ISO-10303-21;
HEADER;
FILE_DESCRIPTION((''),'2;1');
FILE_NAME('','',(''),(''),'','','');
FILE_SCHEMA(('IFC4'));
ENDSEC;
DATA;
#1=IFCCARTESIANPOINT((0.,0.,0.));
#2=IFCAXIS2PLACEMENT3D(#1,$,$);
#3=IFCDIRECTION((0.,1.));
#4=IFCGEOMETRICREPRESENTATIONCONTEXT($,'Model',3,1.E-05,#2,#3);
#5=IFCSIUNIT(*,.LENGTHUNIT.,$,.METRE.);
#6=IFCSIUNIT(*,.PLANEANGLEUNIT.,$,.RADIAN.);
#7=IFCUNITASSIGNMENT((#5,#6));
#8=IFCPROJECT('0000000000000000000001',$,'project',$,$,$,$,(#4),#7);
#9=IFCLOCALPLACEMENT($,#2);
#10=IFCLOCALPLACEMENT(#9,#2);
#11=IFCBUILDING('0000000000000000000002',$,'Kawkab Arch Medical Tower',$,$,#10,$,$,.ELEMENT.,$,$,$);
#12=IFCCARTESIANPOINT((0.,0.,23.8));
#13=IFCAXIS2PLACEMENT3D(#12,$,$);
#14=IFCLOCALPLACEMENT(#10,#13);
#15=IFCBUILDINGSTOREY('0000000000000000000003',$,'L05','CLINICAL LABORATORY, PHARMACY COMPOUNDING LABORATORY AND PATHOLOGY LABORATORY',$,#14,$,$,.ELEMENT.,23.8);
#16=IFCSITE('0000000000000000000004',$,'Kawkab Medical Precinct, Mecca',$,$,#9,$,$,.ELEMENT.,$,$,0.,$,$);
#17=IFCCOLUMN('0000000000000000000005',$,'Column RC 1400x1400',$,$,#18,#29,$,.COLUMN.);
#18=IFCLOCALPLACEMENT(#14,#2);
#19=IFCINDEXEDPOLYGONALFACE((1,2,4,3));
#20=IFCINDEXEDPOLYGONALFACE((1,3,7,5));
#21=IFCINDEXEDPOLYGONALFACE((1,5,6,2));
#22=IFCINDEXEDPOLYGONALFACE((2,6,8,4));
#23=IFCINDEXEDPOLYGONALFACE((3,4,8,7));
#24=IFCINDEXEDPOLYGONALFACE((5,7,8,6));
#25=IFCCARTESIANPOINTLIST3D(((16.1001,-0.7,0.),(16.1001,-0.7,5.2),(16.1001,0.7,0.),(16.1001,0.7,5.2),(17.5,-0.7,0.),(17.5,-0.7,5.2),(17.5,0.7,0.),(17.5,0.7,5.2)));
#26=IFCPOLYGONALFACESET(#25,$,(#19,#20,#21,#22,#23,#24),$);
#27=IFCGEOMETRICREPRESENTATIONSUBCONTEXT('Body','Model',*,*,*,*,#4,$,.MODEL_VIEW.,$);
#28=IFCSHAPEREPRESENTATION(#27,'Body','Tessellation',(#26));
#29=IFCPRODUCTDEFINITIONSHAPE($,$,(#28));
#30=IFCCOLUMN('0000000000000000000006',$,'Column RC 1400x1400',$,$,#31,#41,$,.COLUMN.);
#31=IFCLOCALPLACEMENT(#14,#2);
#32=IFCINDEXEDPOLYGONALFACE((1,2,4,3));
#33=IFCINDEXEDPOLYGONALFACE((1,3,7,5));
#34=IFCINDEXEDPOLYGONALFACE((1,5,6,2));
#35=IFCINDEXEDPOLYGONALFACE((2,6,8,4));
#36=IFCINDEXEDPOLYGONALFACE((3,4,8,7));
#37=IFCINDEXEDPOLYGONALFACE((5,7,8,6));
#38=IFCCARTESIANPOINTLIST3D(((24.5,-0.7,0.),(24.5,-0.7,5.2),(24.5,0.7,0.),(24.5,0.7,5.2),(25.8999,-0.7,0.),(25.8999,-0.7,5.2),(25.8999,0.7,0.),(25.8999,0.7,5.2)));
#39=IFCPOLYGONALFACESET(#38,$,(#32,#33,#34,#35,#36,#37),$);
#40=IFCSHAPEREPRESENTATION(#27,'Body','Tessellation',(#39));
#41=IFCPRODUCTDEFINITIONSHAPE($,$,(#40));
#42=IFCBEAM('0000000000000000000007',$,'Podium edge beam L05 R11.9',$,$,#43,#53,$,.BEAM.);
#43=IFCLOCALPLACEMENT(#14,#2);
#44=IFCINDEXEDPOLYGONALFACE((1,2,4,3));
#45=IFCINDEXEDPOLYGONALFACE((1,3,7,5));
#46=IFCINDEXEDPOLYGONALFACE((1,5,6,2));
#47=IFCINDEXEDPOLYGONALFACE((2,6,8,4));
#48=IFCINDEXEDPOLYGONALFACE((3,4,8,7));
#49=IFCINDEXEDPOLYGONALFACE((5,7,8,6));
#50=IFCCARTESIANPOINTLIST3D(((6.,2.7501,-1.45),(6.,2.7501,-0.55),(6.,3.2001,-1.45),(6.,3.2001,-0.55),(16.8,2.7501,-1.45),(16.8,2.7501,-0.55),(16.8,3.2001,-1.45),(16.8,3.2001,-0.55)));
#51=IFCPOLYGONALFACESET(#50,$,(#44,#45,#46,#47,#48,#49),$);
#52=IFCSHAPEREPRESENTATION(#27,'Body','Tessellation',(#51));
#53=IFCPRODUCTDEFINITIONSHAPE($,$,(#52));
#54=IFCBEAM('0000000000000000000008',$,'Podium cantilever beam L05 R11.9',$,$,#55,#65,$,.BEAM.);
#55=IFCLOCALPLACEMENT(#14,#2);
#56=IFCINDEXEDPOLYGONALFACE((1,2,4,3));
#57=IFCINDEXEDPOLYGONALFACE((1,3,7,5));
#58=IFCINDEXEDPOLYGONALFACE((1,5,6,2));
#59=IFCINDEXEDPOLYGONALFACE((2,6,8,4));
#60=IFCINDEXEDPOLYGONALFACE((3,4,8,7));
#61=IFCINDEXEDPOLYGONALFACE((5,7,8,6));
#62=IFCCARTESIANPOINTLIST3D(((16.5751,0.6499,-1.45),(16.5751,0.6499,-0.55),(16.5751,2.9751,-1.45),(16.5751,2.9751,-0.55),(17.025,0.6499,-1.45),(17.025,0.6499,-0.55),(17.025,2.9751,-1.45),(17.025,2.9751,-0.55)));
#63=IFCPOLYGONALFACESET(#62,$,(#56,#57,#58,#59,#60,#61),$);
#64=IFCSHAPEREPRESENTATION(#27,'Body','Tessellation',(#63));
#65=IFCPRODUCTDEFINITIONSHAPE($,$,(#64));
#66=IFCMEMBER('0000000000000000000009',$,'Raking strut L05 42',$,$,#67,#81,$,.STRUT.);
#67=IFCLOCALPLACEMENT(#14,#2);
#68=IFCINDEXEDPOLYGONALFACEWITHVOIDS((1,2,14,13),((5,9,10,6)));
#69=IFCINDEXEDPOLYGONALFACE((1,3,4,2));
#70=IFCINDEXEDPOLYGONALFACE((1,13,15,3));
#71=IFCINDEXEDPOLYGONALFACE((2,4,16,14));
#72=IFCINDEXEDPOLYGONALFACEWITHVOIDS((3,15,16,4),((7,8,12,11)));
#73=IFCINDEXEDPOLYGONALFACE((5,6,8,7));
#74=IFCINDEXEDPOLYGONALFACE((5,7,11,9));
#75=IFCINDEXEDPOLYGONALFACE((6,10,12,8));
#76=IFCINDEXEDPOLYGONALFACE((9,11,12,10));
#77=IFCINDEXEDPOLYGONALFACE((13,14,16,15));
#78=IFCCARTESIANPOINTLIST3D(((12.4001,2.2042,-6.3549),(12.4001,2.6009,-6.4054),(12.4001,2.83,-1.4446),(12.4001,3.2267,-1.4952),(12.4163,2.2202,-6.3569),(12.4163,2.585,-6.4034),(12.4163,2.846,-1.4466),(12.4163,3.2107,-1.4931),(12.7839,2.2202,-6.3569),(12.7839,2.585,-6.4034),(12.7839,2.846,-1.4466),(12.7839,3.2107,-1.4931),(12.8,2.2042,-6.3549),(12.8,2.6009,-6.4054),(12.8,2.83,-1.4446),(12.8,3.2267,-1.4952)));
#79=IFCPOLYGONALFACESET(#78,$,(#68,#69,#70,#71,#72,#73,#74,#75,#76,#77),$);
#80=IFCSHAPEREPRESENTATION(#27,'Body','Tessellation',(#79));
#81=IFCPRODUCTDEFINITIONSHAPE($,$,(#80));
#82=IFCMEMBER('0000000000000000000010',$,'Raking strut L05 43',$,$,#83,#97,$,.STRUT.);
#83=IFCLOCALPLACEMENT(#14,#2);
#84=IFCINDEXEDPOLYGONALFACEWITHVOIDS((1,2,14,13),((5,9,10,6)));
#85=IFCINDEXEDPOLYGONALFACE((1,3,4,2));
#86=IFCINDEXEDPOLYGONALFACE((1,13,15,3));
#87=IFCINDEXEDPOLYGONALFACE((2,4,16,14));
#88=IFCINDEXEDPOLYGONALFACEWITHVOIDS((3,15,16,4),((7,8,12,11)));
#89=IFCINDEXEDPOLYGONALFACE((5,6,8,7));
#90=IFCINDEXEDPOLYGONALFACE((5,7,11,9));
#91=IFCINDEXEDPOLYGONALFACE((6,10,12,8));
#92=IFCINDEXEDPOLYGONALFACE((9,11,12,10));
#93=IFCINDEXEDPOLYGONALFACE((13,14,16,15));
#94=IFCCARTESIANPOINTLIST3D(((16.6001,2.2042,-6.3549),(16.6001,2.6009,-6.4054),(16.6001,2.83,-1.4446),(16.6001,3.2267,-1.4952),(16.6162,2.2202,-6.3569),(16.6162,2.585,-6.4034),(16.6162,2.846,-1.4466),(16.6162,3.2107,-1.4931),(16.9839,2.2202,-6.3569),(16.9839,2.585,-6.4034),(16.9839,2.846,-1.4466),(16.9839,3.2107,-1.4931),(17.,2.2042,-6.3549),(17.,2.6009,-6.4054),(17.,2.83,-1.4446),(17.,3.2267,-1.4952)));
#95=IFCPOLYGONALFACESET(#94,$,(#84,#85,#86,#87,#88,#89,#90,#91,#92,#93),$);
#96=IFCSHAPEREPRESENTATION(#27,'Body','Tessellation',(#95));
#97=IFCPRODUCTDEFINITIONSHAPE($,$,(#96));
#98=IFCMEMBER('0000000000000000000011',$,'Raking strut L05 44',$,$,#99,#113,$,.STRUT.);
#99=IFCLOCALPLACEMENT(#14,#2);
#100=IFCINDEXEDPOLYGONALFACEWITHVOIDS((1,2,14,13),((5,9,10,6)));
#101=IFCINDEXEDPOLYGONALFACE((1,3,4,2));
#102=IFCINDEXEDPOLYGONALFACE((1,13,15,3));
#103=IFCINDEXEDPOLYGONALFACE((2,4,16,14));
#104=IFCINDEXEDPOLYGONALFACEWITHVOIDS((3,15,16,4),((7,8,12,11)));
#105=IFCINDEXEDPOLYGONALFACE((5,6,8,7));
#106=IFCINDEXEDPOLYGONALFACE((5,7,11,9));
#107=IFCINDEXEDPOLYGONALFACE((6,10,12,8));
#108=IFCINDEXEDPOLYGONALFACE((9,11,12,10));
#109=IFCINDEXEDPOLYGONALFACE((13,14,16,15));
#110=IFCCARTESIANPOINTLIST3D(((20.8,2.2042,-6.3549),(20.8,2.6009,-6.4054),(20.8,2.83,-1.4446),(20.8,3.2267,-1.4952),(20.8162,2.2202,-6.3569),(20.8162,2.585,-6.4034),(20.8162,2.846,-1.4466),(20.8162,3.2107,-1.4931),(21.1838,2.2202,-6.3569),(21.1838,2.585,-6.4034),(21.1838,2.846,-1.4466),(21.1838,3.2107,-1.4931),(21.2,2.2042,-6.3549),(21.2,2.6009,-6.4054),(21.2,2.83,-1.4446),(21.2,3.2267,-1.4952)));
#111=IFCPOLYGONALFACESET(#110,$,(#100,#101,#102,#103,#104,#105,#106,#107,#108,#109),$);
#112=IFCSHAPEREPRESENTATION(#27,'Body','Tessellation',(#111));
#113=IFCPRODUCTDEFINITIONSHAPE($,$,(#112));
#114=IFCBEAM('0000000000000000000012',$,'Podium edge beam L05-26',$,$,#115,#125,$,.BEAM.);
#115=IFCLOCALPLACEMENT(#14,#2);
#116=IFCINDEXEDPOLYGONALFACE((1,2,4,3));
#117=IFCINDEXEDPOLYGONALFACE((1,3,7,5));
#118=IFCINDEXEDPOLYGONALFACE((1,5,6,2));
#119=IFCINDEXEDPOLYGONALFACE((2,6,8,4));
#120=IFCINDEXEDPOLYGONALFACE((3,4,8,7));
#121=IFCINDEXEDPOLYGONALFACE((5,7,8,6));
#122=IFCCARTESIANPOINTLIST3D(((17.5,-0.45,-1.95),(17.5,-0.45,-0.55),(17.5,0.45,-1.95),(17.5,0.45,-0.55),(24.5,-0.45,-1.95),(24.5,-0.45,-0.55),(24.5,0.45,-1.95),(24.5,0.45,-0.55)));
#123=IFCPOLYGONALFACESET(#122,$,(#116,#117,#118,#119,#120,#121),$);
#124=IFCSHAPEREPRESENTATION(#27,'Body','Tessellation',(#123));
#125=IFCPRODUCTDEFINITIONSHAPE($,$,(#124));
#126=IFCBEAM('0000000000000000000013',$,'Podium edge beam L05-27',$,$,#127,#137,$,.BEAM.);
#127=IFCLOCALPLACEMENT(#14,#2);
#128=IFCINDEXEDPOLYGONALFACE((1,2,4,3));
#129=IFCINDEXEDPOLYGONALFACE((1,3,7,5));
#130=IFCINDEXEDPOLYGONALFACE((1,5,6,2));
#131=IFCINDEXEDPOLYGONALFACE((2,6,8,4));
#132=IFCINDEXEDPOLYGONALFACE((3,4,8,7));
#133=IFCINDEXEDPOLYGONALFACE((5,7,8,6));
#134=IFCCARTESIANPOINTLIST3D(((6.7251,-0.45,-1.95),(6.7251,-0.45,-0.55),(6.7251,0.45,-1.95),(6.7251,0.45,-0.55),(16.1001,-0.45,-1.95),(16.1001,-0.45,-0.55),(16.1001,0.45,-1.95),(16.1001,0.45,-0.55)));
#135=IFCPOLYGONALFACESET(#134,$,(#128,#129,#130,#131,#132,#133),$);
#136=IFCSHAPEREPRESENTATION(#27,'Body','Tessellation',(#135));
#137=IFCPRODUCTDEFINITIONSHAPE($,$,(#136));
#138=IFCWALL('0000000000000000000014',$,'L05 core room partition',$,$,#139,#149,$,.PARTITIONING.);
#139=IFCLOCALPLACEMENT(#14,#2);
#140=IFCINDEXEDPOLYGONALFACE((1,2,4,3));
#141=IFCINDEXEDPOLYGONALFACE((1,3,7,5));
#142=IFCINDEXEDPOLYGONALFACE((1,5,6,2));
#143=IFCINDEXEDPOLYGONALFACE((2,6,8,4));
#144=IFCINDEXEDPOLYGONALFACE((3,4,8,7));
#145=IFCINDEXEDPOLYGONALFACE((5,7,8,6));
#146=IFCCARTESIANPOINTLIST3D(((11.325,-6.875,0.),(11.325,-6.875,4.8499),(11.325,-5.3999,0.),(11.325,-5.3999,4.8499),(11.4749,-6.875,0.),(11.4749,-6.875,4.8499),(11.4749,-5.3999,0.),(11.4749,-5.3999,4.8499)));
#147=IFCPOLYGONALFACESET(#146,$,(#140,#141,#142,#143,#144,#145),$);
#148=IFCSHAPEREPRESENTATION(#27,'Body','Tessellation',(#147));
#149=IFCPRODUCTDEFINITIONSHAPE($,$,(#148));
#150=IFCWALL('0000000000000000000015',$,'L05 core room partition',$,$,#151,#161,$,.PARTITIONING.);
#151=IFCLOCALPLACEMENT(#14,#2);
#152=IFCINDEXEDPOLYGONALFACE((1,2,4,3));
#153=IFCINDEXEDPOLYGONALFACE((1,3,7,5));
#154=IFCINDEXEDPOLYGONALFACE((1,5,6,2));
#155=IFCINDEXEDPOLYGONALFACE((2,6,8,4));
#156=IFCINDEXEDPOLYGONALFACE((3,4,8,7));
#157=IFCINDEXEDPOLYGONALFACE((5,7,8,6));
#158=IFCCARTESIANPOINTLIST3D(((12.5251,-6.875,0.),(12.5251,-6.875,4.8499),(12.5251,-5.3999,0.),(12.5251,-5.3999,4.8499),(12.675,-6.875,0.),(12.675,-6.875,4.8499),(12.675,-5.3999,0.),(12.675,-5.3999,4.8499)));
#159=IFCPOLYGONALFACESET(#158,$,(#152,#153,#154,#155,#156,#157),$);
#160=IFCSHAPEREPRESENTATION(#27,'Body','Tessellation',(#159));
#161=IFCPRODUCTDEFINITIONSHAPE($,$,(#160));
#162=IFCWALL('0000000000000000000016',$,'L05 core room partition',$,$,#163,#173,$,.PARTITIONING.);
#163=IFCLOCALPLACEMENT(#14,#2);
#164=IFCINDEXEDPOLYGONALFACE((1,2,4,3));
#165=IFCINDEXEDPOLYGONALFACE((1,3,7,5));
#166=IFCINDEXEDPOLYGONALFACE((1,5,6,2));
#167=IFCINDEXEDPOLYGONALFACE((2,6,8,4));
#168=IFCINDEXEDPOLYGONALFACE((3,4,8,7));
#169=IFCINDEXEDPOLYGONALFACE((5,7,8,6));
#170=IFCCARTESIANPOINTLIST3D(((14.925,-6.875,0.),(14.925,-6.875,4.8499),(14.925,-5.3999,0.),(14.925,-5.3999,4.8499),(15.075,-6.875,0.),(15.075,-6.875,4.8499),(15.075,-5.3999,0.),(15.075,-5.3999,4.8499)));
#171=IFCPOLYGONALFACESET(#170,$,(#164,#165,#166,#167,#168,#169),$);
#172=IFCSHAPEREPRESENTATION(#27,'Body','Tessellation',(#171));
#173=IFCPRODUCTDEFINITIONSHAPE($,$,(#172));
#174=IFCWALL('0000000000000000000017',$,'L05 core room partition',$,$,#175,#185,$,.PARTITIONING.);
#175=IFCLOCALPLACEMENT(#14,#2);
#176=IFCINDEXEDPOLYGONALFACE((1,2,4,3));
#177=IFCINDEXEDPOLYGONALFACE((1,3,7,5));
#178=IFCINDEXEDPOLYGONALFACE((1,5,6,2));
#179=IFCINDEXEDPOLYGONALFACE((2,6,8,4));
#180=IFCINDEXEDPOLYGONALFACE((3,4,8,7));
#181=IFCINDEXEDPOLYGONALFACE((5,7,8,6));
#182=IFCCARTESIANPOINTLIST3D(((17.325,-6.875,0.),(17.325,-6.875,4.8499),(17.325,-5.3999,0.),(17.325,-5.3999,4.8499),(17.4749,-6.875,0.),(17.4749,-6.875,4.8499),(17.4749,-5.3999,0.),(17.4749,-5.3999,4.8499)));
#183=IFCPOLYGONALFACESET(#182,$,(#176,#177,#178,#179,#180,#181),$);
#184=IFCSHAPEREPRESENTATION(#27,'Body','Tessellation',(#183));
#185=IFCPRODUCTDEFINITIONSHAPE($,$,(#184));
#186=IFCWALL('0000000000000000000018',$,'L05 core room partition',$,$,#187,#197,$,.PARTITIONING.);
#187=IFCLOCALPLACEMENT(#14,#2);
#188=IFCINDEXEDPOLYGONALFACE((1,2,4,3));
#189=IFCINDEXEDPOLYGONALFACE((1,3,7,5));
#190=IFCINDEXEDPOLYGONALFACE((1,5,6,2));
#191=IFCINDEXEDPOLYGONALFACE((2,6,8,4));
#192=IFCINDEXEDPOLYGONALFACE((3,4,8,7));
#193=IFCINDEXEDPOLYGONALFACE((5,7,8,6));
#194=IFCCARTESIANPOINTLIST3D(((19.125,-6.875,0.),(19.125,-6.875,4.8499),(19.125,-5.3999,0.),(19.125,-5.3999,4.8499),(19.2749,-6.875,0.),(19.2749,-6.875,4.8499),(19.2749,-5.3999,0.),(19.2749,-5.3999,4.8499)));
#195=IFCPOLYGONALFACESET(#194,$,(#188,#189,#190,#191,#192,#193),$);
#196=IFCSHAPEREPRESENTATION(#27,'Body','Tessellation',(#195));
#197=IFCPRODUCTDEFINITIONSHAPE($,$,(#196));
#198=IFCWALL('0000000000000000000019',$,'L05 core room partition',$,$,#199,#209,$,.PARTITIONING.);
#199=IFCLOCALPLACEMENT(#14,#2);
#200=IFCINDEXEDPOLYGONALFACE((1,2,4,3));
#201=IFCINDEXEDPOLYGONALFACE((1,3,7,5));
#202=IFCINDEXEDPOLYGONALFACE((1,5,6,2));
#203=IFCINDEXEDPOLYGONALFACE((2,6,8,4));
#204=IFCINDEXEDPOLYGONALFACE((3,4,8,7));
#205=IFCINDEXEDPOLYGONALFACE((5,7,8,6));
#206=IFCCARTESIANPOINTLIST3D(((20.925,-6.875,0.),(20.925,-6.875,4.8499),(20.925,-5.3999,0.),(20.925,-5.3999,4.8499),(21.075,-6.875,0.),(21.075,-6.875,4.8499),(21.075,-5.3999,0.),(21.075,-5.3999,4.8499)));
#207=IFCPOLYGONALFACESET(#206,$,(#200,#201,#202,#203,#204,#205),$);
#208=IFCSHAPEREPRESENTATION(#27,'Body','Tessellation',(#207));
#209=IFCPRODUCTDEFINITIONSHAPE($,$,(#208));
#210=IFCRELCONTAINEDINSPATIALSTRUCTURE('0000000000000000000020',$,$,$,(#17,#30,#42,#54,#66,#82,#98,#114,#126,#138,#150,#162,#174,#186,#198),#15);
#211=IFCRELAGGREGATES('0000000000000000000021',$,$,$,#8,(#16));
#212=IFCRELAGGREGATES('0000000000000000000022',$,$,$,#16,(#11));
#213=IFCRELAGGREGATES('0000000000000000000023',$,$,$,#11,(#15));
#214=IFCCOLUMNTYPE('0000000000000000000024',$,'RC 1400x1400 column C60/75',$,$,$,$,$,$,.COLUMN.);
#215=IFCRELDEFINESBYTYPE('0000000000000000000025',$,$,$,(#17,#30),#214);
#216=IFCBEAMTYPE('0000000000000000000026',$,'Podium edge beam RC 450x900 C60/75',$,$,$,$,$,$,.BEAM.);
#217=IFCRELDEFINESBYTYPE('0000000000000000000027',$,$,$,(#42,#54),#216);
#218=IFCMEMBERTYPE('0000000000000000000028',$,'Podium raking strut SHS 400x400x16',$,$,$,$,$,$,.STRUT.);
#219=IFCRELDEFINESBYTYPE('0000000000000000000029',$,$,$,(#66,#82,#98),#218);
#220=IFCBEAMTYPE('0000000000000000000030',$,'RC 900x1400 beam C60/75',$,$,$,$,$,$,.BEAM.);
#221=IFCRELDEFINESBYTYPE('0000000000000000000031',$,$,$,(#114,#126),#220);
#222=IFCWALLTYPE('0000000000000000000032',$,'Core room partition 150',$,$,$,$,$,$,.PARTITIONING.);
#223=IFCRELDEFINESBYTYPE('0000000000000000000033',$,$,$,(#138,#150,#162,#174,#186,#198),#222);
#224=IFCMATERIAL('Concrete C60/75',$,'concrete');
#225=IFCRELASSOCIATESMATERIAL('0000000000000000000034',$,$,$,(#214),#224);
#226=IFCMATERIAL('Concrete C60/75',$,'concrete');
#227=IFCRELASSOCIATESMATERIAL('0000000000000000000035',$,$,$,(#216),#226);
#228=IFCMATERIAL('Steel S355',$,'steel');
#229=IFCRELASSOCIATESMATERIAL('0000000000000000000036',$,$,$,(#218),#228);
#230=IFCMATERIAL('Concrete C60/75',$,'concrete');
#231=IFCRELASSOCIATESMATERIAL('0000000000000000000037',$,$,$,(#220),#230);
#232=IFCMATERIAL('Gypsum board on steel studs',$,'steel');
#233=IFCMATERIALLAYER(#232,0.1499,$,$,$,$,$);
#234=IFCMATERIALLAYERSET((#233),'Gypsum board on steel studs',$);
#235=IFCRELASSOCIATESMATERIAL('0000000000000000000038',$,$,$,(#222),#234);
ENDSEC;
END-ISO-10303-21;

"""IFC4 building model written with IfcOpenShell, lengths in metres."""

from ifc_helpers import new_model, si_unit, direction, frame, frame_2d, origin, origin_2d, place, context, subcontext, project, spatial, rectangle, hollow_rectangle, extrude, material, layer, layer_set, material_profile, profile_set, type_object, element, save


model = new_model("IFC4")

# Units and contexts
model_context = context("Model", 3, precision=1e-05, world=origin(), true_north=direction((0.0, 1.0)))
body_context = subcontext(model_context, "Body", "Model", "MODEL_VIEW")
ifc_project = project(units=[si_unit("LENGTHUNIT", "METRE"), si_unit("PLANEANGLEUNIT", "RADIAN")], contexts=[model_context])

# Site, building, storey
site_placement = place(None, origin())
site = spatial("IfcSite", under=ifc_project, at=site_placement, Name="Kawkab Medical Precinct, Mecca", CompositionType="ELEMENT", RefElevation=0.0)
building_placement = place(site_placement, origin())
building = spatial("IfcBuilding", under=site, at=building_placement, Name="Kawkab Arch Medical Tower", CompositionType="ELEMENT")
storey_placement = place(building_placement, frame((0.0, 0.0, 23.8)))
storey = spatial("IfcBuildingStorey", under=building, at=storey_placement, Name="L05", Description="CLINICAL LABORATORY, PHARMACY COMPOUNDING LABORATORY AND PATHOLOGY LABORATORY", CompositionType="ELEMENT", Elevation=23.8)

# Columns
ifc_material_1 = material(Name="Concrete C60/75", Category="concrete")
ifc_material_profile_1 = material_profile(ifc_material_1, rectangle(XDim=1.3999, YDim=1.3999, at=origin_2d()), Name="RC 1400x1400")
ifc_profile_set_1 = profile_set([ifc_material_profile_1], Name="Concrete C60/75")
column_type = type_object("IfcColumnType", Name="RC 1400x1400 column C60/75", PredefinedType="COLUMN", material=ifc_profile_set_1)
for number, where, z_axis, x_axis, name in (
    (1, (16.8, 0.0, 0.0), (0.0, 0.0, 1.0), (1.0, 0.0, 0.0), "Column RC 1400x1400"),
    (2, (25.2, 0.0, 0.0), (0.0, 0.0, 1.0), (1.0, 0.0, 0.0), "Column RC 1400x1400"),
):
    element("IfcColumn", number, at=place(storey_placement, frame(where, z_axis=z_axis, x_axis=x_axis)), inside=storey, type_object=column_type, Name=name, PredefinedType="COLUMN", context=body_context, shape_type="SweptSolid", body=[
        extrude(rectangle(XDim=1.3999, YDim=1.3999, at=origin_2d()), origin(), (0.0, 0.0, 1.0), 5.2),
    ])

# Beams
ifc_material_2 = material(Name="Concrete C60/75", Category="concrete")
ifc_material_profile_2 = material_profile(ifc_material_2, rectangle(XDim=0.45, YDim=0.8999, at=origin_2d()), Name="RC 450x900")
ifc_profile_set_2 = profile_set([ifc_material_profile_2], Name="Concrete C60/75")
beam_type_1 = type_object("IfcBeamType", Name="Podium edge beam RC 450x900 C60/75", PredefinedType="BEAM", material=ifc_profile_set_2)
beam_1_placement = place(storey_placement, frame((16.8, 2.9751, -1.0), z_axis=(-1.0, 0.0, 0.0), x_axis=(0.0, -1.0, 0.0)))
element("IfcBeam", 3, at=beam_1_placement, inside=storey, type_object=beam_type_1, Name="Podium edge beam L05 R11.9", PredefinedType="BEAM", context=body_context, shape_type="SweptSolid", body=[
    extrude(rectangle(XDim=0.45, YDim=0.8999, at=origin_2d()), origin(), (0.0, 0.0, 1.0), 10.8),
])
beam_2_placement = place(storey_placement, frame((16.8, 0.6499, -1.0), z_axis=(0.0, 1.0, 0.0), x_axis=(-1.0, 0.0, 0.0)))
element("IfcBeam", 4, at=beam_2_placement, inside=storey, type_object=beam_type_1, Name="Podium cantilever beam L05 R11.9", PredefinedType="BEAM", context=body_context, shape_type="SweptSolid", body=[
    extrude(rectangle(XDim=0.45, YDim=0.8999, at=origin_2d()), origin(), (0.0, 0.0, 1.0), 2.3252),
])

# Members
ifc_material_3 = material(Name="Steel S355", Category="steel")
ifc_material_profile_3 = material_profile(ifc_material_3, hollow_rectangle(XDim=0.3999, YDim=0.3999, WallThickness=0.0161, at=origin_2d()), Name="SHS 400x400x16")
ifc_profile_set_3 = profile_set([ifc_material_profile_3], Name="Steel S355")
member_type = type_object("IfcMemberType", Name="Podium raking strut SHS 400x400x16", PredefinedType="STRUT", material=ifc_profile_set_3)
for number, where, z_axis, x_axis, name in (
    (5, (12.6001, 2.4026, -6.3801), (0.0, 0.126414, 0.991978), (-1.0, 0.0, 0.0), "Raking strut L05 42"),
    (6, (16.8, 2.4026, -6.3801), (0.0, 0.126414, 0.991978), (-1.0, 0.0, 0.0), "Raking strut L05 43"),
    (7, (21.0, 2.4026, -6.3801), (0.0, 0.126414, 0.991978), (-1.0, 0.0, 0.0), "Raking strut L05 44"),
):
    element("IfcMember", number, at=place(storey_placement, frame(where, z_axis=z_axis, x_axis=x_axis)), inside=storey, type_object=member_type, Name=name, PredefinedType="STRUT", context=body_context, shape_type="SweptSolid", body=[
        extrude(hollow_rectangle(XDim=0.3999, YDim=0.3999, WallThickness=0.0161, at=origin_2d()), origin(), (0.0, 0.0, 1.0), 4.95),
    ])

# Beams
ifc_material_4 = material(Name="Concrete C60/75", Category="concrete")
ifc_material_profile_4 = material_profile(ifc_material_4, rectangle(XDim=0.8999, YDim=1.3999, at=origin_2d()), Name="RC 900x1400")
ifc_profile_set_4 = profile_set([ifc_material_profile_4], Name="Concrete C60/75")
beam_type_2 = type_object("IfcBeamType", Name="RC 900x1400 beam C60/75", PredefinedType="BEAM", material=ifc_profile_set_4)
beam_3_placement = place(storey_placement, frame((24.5, 0.0, -1.25), z_axis=(-1.0, 0.0, 0.0), x_axis=(0.0, -1.0, 0.0)))
element("IfcBeam", 8, at=beam_3_placement, inside=storey, type_object=beam_type_2, Name="Podium edge beam L05-26", PredefinedType="BEAM", context=body_context, shape_type="SweptSolid", body=[
    extrude(rectangle(XDim=0.8999, YDim=1.3999, at=origin_2d()), origin(), (0.0, 0.0, 1.0), 7.0),
])
beam_4_placement = place(storey_placement, frame((16.1001, 0.0, -1.25), z_axis=(-1.0, 0.0, 0.0), x_axis=(0.0, -1.0, 0.0)))
element("IfcBeam", 9, at=beam_4_placement, inside=storey, type_object=beam_type_2, Name="Podium edge beam L05-27", PredefinedType="BEAM", context=body_context, shape_type="SweptSolid", body=[
    extrude(rectangle(XDim=0.8999, YDim=1.3999, at=origin_2d()), origin(), (0.0, 0.0, 1.0), 9.375),
])

# Walls
ifc_material_5 = material(Name="Gypsum board on steel studs", Category="steel")
ifc_layer_1 = layer(ifc_material_5, 0.1499)
ifc_layer_set_1 = layer_set([ifc_layer_1], Name="Gypsum board on steel studs")
wall_type_1 = type_object("IfcWallType", Name="Core room partition 150", PredefinedType="PARTITIONING", material=ifc_layer_set_1)
for number, where, z_axis, x_axis, name in (
    (10, (11.3999, -6.875, 0.0), (0.0, 0.0, 1.0), (0.0, 1.0, 0.0), "L05 core room partition"),
    (11, (12.6001, -6.875, 0.0), (0.0, 0.0, 1.0), (0.0, 1.0, 0.0), "L05 core room partition"),
    (12, (15.0, -6.875, 0.0), (0.0, 0.0, 1.0), (0.0, 1.0, 0.0), "L05 core room partition"),
    (13, (17.3999, -6.875, 0.0), (0.0, 0.0, 1.0), (0.0, 1.0, 0.0), "L05 core room partition"),
    (14, (19.2, -6.875, 0.0), (0.0, 0.0, 1.0), (0.0, 1.0, 0.0), "L05 core room partition"),
    (15, (21.0, -6.875, 0.0), (0.0, 0.0, 1.0), (0.0, 1.0, 0.0), "L05 core room partition"),
):
    element("IfcWall", number, at=place(storey_placement, frame(where, z_axis=z_axis, x_axis=x_axis)), inside=storey, type_object=wall_type_1, Name=name, PredefinedType="PARTITIONING", context=body_context, shape_type="SweptSolid", body=[
        extrude(rectangle(XDim=1.4751, YDim=0.1499, at=frame_2d((0.7375, 0.0))), origin(), (0.0, 0.0, 1.0), 4.8499),
    ])

save(model, "model.ifc")
